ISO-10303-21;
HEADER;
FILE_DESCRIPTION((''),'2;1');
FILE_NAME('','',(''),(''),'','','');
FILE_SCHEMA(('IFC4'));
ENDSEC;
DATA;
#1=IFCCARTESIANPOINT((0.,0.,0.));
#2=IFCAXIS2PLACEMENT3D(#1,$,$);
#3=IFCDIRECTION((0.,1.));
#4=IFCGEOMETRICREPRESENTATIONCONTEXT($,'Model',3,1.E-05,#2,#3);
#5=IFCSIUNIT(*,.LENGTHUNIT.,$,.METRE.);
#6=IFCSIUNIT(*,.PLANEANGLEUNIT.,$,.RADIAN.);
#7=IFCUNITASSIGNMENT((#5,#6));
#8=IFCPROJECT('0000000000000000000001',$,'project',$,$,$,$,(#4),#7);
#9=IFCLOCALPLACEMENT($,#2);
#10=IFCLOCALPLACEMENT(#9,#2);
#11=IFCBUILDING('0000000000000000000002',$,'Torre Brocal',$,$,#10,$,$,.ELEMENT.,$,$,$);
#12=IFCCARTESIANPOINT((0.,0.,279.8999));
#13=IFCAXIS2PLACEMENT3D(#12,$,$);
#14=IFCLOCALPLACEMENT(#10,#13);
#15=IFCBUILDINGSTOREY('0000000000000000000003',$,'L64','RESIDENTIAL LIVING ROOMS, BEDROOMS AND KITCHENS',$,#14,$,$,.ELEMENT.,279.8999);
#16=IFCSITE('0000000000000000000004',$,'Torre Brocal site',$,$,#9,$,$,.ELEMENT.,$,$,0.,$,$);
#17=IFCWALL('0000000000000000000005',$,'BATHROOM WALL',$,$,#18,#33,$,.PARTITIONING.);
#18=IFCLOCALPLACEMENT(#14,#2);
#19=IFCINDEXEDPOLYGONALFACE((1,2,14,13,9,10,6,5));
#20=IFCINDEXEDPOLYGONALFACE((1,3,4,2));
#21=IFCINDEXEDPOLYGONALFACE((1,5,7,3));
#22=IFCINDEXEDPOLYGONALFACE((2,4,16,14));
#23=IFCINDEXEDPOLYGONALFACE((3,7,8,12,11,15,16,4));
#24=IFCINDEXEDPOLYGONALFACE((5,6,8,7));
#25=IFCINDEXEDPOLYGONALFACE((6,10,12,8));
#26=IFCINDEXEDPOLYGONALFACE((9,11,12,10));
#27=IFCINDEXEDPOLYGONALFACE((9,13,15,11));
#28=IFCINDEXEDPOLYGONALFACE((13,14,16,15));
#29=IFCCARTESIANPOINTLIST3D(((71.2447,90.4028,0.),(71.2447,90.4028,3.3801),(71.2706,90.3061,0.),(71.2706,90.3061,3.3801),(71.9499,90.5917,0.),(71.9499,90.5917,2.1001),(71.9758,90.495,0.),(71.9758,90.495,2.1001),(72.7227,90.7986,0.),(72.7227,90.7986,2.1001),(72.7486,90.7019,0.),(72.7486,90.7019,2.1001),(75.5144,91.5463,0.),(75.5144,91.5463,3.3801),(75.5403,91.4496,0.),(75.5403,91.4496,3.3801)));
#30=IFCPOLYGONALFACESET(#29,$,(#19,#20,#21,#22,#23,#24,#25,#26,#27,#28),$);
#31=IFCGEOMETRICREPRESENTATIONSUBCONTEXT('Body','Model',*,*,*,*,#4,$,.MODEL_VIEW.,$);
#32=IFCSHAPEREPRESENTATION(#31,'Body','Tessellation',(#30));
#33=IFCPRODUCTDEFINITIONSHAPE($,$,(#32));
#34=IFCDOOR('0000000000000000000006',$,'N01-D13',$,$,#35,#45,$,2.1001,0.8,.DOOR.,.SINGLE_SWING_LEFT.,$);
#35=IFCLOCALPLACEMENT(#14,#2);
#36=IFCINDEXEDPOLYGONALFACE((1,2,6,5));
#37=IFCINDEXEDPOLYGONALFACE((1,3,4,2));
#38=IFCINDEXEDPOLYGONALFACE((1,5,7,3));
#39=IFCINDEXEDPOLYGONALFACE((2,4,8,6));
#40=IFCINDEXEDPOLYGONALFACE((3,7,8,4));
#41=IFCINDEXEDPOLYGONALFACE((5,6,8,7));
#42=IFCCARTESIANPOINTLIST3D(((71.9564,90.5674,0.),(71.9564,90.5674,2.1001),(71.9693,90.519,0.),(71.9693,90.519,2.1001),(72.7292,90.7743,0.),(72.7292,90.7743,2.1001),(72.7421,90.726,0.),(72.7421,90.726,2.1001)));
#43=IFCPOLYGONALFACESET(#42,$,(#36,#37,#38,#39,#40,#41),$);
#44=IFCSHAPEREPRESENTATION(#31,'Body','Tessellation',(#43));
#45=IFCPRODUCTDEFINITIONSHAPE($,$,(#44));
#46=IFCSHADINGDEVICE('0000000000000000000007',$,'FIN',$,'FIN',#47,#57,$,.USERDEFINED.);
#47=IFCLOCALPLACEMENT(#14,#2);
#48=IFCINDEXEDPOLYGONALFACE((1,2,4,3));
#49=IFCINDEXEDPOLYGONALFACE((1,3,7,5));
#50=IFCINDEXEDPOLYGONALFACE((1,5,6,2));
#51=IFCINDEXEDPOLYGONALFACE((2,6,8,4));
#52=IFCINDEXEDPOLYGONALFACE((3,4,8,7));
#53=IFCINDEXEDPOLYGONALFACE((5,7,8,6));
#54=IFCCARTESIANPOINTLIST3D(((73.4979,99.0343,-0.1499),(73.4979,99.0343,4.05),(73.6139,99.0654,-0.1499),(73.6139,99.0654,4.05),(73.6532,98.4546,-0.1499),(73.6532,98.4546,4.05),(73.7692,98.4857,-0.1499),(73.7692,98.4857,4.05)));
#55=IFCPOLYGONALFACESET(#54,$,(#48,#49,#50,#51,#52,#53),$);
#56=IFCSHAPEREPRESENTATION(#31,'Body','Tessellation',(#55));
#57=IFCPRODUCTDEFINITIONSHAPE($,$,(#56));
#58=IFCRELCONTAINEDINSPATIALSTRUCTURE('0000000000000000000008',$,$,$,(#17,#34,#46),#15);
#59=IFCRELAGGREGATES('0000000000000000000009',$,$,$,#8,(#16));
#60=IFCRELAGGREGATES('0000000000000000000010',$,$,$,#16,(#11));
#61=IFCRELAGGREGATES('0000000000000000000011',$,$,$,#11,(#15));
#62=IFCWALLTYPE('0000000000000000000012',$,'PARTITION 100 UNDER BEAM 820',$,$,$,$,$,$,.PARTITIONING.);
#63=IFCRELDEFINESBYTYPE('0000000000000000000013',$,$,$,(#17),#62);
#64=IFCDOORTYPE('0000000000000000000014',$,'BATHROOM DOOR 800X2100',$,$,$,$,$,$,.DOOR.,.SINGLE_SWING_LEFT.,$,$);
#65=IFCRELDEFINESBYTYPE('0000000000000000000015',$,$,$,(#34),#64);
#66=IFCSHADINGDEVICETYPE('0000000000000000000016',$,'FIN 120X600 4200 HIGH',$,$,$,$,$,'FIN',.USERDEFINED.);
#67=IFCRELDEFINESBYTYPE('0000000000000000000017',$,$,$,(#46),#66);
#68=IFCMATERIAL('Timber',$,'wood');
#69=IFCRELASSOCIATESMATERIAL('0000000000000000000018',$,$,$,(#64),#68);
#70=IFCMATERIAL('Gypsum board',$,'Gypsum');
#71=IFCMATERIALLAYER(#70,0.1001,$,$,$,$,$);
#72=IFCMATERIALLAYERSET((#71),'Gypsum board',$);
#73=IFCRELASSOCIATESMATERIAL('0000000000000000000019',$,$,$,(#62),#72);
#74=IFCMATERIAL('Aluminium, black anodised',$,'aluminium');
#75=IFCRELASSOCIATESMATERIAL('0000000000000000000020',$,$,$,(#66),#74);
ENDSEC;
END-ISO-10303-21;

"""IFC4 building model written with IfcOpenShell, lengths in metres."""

from ifc_helpers import new_model, si_unit, direction, frame, frame_2d, origin, origin_2d, place, context, subcontext, project, spatial, rectangle, extrude, material, layer, layer_set, material_profile, profile_set, type_object, element, fill, save


model = new_model("IFC4")

# Units and contexts
model_context = context("Model", 3, precision=1e-05, world=origin(), true_north=direction((0.0, 1.0)))
body_context = subcontext(model_context, "Body", "Model", "MODEL_VIEW")
ifc_project = project(units=[si_unit("LENGTHUNIT", "METRE"), si_unit("PLANEANGLEUNIT", "RADIAN")], contexts=[model_context])

# Site, building, storey
site_placement = place(None, origin())
site = spatial("IfcSite", under=ifc_project, at=site_placement, Name="Torre Brocal site", CompositionType="ELEMENT", RefElevation=0.0)
building_placement = place(site_placement, origin())
building = spatial("IfcBuilding", under=site, at=building_placement, Name="Torre Brocal", CompositionType="ELEMENT")
storey_placement = place(building_placement, frame((0.0, 0.0, 279.8999)))
storey = spatial("IfcBuildingStorey", under=building, at=storey_placement, Name="L64", Description="RESIDENTIAL LIVING ROOMS, BEDROOMS AND KITCHENS", CompositionType="ELEMENT", Elevation=279.8999)

# Shared definitions
ifc_material_1 = material(Name="Timber", Category="wood")
door_type_1 = type_object("IfcDoorType", Name="BATHROOM DOOR 800X2100", OperationType="SINGLE_SWING_LEFT", PredefinedType="DOOR", material=ifc_material_1)

# Wall, opening, door
ifc_material_2 = material(Name="Gypsum board", Category="Gypsum")
ifc_layer_1 = layer(ifc_material_2, 0.1001)
ifc_layer_set_1 = layer_set([ifc_layer_1], Name="Gypsum board")
wall_type_1 = type_object("IfcWallType", Name="PARTITION 100 UNDER BEAM 820", PredefinedType="PARTITIONING", material=ifc_layer_set_1)
wall_1_placement = place(storey_placement, frame((71.2578, 90.3545, 0.0), z_axis=(0.0, 0.0, 1.0), x_axis=(0.965956, 0.258708, 0.0)))
wall_1 = element("IfcWall", 1, at=wall_1_placement, inside=storey, type_object=wall_type_1, Name="BATHROOM WALL", PredefinedType="PARTITIONING", context=body_context, shape_type="SweptSolid", body=[
    extrude(rectangle(XDim=4.4202, YDim=0.1001, at=frame_2d((2.21, 0.0))), origin(), (0.0, 0.0, 1.0), 3.3801),
])
opening_1_placement = place(wall_1_placement, frame((0.73, 0.0, 0.0)))
opening_1 = element("IfcOpeningElement", 2, at=opening_1_placement, cuts=wall_1, PredefinedType="OPENING", context=body_context, shape_type="SweptSolid", body=[
    extrude(rectangle(XDim=0.8, YDim=2.1001, at=frame_2d((0.3999, 1.05))), frame((0.0, 0.0601, 0.0), z_axis=(0.0, -1.0, 0.0), x_axis=(1.0, 0.0, 0.0)), (0.0, 0.0, 1.0), 0.1201),
])
door_1_placement = place(opening_1_placement, origin())
door_1 = element("IfcDoor", 3, at=door_1_placement, inside=storey, type_object=door_type_1, Name="N01-D13", OperationType="SINGLE_SWING_LEFT", OverallHeight=2.1001, OverallWidth=0.8, PredefinedType="DOOR", context=body_context, shape_type="SweptSolid", body=[
    extrude(rectangle(XDim=0.8, YDim=2.1001, at=frame_2d((0.3999, 1.05))), frame((0.0, 0.0249, 0.0), z_axis=(0.0, -1.0, 0.0), x_axis=(1.0, 0.0, 0.0)), (0.0, 0.0, 1.0), 0.05),
])
fill(opening_1, door_1)

# Shading device
ifc_material_3 = material(Name="Aluminium, black anodised", Category="aluminium")
ifc_material_profile_1 = material_profile(ifc_material_3, rectangle(XDim=0.1201, YDim=0.6001, at=origin_2d()), Name="FIN 120X600 4200 HIGH")
ifc_profile_set_1 = profile_set([ifc_material_profile_1], Name="Aluminium, black anodised")
shading_device_type = type_object("IfcShadingDeviceType", Name="FIN 120X600 4200 HIGH", ElementType="FIN", PredefinedType="USERDEFINED", material=ifc_profile_set_1)
shading_device_placement = place(storey_placement, frame((73.6335, 98.76, -0.1499), z_axis=(0.0, 0.0, 1.0), x_axis=(-0.965926, -0.258819, 0.0)))
element("IfcShadingDevice", 4, at=shading_device_placement, inside=storey, type_object=shading_device_type, Name="FIN", ObjectType="FIN", PredefinedType="USERDEFINED", context=body_context, shape_type="SweptSolid", body=[
    extrude(rectangle(XDim=0.1201, YDim=0.6001, at=origin_2d()), origin(), (0.0, 0.0, 1.0), 4.2),
])

save(model, "model.ifc")
